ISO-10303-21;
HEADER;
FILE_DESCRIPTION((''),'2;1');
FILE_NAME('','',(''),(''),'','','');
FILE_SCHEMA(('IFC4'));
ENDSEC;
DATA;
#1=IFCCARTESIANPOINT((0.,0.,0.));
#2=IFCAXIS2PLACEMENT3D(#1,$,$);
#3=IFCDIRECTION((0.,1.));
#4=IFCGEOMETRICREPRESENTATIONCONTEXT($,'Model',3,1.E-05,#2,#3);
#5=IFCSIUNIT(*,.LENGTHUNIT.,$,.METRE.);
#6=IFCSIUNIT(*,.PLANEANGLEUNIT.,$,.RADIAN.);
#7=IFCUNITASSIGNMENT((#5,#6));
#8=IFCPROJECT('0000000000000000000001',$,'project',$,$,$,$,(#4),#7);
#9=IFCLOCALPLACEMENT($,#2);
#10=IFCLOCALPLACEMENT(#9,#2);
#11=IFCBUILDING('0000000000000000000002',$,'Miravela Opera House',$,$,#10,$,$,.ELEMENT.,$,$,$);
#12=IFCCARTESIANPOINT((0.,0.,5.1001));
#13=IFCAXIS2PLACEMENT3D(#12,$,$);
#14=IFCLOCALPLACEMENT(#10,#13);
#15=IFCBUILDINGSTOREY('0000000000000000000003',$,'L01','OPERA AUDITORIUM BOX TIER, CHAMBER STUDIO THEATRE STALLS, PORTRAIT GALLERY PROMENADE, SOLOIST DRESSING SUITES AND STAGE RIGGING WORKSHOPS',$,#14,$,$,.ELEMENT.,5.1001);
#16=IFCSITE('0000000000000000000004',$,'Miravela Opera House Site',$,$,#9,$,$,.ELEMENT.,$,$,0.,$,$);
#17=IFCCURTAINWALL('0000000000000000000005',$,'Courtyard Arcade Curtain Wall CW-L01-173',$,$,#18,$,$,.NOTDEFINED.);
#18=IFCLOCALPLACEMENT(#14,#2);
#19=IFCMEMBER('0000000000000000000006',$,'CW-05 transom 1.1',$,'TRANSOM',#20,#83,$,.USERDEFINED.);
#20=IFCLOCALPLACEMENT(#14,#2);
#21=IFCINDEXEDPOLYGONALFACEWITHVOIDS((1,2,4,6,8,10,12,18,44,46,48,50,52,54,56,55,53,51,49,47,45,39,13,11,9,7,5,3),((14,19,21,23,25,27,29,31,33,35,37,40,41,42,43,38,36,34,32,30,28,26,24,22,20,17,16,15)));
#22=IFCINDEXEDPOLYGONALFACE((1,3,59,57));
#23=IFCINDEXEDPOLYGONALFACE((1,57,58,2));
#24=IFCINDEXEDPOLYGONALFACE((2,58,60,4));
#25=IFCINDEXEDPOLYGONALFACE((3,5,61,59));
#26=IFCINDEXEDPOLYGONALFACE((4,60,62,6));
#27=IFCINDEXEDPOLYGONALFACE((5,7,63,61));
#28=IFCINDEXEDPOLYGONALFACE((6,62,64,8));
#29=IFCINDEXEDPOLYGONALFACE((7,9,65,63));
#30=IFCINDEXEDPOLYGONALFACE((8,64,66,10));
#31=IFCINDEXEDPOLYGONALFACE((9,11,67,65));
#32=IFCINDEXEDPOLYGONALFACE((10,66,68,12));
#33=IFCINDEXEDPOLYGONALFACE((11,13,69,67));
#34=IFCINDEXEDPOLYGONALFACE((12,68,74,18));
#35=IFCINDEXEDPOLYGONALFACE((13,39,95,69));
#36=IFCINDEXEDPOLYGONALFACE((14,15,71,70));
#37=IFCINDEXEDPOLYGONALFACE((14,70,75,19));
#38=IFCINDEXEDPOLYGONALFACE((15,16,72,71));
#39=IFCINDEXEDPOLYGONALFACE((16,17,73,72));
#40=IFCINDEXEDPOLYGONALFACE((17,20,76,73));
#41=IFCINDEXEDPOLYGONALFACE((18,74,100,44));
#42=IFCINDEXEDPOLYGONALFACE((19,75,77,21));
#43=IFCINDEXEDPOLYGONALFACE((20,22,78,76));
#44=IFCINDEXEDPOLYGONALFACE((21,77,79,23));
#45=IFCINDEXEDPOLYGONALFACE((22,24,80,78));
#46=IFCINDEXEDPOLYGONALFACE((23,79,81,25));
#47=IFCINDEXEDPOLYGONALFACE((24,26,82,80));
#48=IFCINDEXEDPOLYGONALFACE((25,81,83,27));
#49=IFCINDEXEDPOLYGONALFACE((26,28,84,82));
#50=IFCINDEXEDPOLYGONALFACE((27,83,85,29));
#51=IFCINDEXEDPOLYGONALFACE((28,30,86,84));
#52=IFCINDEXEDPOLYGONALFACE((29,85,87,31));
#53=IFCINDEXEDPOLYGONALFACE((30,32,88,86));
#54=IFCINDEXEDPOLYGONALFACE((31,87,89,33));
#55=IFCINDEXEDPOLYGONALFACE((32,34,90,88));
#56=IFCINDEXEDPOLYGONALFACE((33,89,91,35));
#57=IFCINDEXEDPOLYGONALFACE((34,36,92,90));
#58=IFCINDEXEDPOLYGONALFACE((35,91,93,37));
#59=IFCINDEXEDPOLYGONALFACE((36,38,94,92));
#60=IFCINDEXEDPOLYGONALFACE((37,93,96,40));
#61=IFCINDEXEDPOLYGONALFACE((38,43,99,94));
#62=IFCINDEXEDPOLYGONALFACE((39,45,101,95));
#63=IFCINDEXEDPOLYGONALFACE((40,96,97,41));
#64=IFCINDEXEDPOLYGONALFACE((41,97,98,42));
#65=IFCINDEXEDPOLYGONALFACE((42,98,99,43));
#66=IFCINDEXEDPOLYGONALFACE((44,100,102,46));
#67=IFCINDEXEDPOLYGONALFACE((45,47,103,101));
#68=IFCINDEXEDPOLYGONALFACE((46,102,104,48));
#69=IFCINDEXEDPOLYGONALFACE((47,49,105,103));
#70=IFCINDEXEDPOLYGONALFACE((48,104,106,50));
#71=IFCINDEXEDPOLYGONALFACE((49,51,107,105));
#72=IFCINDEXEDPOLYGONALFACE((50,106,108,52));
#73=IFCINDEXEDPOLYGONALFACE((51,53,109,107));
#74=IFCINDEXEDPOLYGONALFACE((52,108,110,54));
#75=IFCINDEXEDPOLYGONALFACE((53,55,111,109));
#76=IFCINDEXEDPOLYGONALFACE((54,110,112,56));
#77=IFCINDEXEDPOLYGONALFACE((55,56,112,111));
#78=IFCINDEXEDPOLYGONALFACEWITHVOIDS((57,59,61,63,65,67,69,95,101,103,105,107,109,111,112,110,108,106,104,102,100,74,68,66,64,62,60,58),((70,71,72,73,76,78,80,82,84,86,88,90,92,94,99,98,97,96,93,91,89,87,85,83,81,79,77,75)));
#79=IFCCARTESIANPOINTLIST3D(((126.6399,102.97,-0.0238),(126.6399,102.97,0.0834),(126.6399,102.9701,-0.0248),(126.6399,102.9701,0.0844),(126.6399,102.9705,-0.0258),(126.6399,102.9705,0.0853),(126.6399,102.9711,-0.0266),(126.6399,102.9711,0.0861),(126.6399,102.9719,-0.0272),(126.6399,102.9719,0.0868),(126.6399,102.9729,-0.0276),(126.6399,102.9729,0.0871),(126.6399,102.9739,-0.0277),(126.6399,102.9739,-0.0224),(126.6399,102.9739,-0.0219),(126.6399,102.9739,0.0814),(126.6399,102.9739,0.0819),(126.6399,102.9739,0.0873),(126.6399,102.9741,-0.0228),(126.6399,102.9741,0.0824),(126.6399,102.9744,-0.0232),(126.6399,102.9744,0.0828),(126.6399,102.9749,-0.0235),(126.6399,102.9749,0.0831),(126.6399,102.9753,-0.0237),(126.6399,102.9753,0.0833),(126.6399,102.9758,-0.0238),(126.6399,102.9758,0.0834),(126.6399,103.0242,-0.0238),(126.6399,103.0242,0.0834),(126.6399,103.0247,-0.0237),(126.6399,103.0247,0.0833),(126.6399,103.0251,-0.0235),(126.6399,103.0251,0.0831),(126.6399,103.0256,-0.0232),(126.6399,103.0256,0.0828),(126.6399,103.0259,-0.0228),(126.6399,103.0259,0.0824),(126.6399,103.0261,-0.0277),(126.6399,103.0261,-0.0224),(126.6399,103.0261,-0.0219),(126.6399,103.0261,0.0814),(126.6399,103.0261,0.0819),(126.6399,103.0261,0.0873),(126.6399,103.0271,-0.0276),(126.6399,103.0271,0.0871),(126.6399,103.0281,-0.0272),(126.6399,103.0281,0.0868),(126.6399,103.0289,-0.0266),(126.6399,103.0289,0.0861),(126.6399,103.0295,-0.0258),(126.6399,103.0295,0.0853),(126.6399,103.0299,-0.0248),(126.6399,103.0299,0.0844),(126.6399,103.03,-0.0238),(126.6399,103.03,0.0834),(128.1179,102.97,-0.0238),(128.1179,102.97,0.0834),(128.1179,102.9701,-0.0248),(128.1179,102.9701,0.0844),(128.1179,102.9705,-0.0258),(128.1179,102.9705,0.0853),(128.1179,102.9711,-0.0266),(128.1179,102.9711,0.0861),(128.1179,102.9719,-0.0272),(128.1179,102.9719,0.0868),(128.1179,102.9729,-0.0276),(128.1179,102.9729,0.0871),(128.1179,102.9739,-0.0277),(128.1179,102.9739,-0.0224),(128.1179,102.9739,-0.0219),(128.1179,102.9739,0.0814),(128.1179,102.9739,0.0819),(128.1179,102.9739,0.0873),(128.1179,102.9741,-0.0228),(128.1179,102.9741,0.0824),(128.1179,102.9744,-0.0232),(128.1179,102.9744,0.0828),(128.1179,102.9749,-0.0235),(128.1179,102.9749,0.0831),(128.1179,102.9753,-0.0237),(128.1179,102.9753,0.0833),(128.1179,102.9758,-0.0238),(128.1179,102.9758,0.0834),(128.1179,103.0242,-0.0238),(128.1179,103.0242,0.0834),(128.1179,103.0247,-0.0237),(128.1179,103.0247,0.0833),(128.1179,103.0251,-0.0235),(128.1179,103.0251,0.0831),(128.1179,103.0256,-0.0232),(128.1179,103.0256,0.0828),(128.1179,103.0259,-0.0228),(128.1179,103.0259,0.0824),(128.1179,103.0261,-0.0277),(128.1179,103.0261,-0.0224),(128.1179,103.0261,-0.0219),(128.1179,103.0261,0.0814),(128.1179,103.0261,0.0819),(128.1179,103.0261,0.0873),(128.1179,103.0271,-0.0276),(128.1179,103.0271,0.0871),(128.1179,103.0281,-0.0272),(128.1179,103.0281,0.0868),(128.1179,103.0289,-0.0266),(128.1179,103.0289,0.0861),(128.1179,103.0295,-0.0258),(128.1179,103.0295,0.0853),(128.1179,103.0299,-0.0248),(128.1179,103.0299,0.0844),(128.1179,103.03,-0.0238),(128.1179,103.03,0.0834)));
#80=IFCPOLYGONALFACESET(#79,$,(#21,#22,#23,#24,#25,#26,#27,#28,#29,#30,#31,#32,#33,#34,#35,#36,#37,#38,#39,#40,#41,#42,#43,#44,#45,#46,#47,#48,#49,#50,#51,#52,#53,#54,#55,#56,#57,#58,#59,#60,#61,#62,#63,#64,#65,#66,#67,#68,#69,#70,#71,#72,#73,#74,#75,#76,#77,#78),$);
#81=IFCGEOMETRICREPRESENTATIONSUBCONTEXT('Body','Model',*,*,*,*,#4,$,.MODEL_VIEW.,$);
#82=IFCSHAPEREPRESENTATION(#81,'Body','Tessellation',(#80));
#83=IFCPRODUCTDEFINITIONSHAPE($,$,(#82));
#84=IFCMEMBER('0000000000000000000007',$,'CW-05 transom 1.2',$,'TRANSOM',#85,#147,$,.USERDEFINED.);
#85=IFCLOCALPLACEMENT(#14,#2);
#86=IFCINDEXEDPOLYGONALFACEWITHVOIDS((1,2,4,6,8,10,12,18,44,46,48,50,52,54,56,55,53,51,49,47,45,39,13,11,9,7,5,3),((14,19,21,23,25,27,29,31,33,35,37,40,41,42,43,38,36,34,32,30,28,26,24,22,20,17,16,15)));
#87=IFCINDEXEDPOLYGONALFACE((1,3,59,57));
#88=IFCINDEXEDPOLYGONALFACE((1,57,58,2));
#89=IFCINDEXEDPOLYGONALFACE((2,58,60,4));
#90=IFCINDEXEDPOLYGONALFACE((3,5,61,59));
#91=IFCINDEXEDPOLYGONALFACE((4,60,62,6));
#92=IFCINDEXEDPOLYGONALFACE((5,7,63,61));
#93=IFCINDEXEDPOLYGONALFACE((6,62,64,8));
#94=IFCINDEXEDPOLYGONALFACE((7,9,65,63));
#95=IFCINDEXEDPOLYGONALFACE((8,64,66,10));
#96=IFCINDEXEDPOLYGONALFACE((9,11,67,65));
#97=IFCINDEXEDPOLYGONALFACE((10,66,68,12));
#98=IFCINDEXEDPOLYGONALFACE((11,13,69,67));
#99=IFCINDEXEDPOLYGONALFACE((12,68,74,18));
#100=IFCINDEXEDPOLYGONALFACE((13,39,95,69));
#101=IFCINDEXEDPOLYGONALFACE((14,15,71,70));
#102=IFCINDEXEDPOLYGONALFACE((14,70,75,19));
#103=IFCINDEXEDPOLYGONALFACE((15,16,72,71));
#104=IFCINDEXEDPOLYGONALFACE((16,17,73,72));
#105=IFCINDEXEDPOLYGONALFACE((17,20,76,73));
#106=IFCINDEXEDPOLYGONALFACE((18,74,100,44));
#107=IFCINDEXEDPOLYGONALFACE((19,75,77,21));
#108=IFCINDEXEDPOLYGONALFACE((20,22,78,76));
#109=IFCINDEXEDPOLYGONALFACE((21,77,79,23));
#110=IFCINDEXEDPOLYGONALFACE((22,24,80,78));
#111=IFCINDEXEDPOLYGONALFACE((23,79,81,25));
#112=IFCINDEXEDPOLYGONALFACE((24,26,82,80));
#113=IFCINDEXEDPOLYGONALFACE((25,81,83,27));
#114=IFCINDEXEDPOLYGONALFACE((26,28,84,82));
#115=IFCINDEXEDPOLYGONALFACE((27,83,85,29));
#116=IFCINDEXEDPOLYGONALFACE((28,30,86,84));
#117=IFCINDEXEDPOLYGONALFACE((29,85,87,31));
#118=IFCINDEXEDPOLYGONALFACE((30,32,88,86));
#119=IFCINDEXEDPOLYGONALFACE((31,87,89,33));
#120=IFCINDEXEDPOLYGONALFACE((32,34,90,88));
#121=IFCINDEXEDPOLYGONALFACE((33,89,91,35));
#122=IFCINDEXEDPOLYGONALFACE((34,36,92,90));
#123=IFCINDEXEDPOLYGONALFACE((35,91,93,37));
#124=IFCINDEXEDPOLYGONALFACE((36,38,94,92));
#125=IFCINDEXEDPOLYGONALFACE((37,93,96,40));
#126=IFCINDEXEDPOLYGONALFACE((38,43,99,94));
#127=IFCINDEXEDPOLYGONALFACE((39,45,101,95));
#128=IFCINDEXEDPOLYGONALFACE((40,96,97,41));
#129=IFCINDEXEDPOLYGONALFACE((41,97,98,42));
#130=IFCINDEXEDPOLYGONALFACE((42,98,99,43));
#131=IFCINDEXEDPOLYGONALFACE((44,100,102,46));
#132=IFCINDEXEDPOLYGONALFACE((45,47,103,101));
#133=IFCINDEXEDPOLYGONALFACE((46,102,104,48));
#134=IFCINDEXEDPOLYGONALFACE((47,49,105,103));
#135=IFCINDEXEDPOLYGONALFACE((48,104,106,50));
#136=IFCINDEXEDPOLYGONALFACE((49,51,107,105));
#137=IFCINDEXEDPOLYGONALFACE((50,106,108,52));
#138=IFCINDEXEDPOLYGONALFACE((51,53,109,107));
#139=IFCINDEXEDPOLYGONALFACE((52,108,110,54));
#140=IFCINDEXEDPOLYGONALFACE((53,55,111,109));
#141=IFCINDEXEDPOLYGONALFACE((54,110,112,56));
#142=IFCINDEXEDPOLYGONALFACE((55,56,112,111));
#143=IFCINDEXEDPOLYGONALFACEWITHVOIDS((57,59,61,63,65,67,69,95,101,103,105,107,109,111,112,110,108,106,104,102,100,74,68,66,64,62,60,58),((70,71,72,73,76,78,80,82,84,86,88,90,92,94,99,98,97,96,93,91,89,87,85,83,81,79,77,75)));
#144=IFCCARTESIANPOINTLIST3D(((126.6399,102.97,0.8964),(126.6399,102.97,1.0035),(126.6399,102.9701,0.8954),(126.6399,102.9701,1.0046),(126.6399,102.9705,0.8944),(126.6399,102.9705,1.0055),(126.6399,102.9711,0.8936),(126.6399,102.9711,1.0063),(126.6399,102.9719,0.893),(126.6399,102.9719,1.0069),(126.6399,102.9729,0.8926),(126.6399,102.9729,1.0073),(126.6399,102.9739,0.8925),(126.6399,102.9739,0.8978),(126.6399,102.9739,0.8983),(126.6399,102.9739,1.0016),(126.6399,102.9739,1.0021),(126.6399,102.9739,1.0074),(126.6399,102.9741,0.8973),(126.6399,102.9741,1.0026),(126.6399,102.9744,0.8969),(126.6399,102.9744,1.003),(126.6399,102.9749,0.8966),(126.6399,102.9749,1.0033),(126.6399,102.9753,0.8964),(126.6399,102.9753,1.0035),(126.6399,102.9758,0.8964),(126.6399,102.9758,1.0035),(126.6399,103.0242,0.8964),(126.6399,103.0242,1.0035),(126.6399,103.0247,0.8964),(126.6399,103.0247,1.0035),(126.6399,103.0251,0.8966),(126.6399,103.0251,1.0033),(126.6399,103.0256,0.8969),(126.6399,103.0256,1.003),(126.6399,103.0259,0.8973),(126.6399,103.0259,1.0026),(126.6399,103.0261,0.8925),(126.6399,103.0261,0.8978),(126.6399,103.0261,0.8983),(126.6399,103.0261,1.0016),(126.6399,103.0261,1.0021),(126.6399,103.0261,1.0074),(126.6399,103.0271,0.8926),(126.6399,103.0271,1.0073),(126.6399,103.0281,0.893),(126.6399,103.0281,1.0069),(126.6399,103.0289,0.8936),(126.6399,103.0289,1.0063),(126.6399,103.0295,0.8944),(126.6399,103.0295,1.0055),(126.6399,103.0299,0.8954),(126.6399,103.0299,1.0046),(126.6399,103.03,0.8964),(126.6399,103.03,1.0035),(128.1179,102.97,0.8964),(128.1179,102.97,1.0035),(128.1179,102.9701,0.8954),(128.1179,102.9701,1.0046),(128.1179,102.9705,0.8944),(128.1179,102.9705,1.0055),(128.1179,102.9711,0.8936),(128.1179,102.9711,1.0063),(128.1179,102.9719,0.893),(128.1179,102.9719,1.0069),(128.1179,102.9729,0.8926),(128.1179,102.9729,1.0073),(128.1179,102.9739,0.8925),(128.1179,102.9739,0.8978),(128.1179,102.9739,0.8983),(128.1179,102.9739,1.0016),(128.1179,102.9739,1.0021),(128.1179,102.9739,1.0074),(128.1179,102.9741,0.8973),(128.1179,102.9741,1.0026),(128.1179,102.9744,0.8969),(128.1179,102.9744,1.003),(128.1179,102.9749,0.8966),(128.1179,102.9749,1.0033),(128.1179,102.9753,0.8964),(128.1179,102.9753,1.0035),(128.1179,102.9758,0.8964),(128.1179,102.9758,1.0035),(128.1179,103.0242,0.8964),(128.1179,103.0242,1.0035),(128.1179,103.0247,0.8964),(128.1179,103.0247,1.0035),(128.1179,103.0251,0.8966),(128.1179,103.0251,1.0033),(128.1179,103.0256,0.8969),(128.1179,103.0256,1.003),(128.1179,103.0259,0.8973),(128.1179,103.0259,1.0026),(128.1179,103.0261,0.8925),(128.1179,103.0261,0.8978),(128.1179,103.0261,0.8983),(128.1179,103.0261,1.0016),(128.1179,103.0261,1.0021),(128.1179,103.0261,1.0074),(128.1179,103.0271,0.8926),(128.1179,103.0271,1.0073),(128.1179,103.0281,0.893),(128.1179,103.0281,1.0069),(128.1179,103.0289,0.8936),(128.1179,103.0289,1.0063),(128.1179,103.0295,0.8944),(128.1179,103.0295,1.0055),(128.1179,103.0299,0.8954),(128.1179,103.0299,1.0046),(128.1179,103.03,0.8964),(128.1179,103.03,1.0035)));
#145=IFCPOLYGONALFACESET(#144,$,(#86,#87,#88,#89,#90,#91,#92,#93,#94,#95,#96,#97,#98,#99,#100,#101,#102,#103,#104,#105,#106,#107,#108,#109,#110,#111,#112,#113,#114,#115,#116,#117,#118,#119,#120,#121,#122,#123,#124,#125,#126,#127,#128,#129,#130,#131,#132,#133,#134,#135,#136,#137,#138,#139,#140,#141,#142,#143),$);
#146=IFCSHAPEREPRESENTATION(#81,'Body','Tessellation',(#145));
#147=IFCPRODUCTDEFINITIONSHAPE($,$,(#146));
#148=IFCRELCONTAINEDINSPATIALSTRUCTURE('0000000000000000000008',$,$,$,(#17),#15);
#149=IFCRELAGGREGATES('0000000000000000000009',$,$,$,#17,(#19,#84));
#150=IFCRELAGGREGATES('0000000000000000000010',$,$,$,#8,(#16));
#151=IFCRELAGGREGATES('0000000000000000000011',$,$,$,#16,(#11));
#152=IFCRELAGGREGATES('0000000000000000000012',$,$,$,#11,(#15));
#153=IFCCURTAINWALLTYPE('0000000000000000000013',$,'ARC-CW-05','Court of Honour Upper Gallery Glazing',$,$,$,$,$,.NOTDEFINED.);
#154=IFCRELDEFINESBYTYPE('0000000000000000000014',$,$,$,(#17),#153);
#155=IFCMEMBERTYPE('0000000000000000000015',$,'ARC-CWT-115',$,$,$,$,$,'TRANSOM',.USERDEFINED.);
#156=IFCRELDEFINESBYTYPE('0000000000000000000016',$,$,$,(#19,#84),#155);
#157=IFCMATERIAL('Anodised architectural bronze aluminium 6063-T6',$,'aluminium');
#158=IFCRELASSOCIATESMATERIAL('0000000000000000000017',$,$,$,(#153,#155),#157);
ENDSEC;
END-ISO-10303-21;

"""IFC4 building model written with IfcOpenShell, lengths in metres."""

from ifc_helpers import new_model, si_unit, direction, frame, origin, origin_2d, place, context, subcontext, project, spatial, hollow_rectangle, extrude, material, material_profile, profile_set, type_object, element, aggregate, save


model = new_model("IFC4")

# Units and contexts
model_context = context("Model", 3, precision=1e-05, world=origin(), true_north=direction((0.0, 1.0)))
body_context = subcontext(model_context, "Body", "Model", "MODEL_VIEW")
ifc_project = project(units=[si_unit("LENGTHUNIT", "METRE"), si_unit("PLANEANGLEUNIT", "RADIAN")], contexts=[model_context])

# Site, building, storey
site_placement = place(None, origin())
site = spatial("IfcSite", under=ifc_project, at=site_placement, Name="Miravela Opera House Site", CompositionType="ELEMENT", RefElevation=0.0)
building_placement = place(site_placement, origin())
building = spatial("IfcBuilding", under=site, at=building_placement, Name="Miravela Opera House", CompositionType="ELEMENT")
storey_placement = place(building_placement, frame((0.0, 0.0, 5.1001)))
storey = spatial("IfcBuildingStorey", under=building, at=storey_placement, Name="L01", Description="OPERA AUDITORIUM BOX TIER, CHAMBER STUDIO THEATRE STALLS, PORTRAIT GALLERY PROMENADE, SOLOIST DRESSING SUITES AND STAGE RIGGING WORKSHOPS", CompositionType="ELEMENT", Elevation=5.1001)

# Shared definitions
ifc_material_1 = material(Name="Anodised architectural bronze aluminium 6063-T6", Category="aluminium")
curtain_wall_type = type_object("IfcCurtainWallType", Name="ARC-CW-05", Description="Court of Honour Upper Gallery Glazing", PredefinedType="NOTDEFINED", material=ifc_material_1)

# Curtain wall, members
curtain_wall_1_placement = place(storey_placement, origin())
curtain_wall_1 = element("IfcCurtainWall", 1, at=curtain_wall_1_placement, inside=storey, type_object=curtain_wall_type, Name="Courtyard Arcade Curtain Wall CW-L01-173", PredefinedType="NOTDEFINED")
ifc_material_profile_1 = material_profile(ifc_material_1, hollow_rectangle(XDim=0.0601, YDim=0.115, WallThickness=0.0039, InnerFilletRadius=0.002, OuterFilletRadius=0.0039, at=origin_2d()), Name="CWT-60X115")
ifc_profile_set_1 = profile_set([ifc_material_profile_1])
member_type_1 = type_object("IfcMemberType", Name="ARC-CWT-115", ElementType="TRANSOM", PredefinedType="USERDEFINED", material=ifc_profile_set_1)
member_1_placement = place(storey_placement, frame((126.6399, 103.0, 0.0298), z_axis=(1.0, 0.0, 0.0), x_axis=(0.0, 1.0, 0.0)))
member_1 = element("IfcMember", 2, at=member_1_placement, type_object=member_type_1, Name="CW-05 transom 1.1", ObjectType="TRANSOM", PredefinedType="USERDEFINED", context=body_context, shape_type="SweptSolid", body=[
    extrude(hollow_rectangle(XDim=0.0601, YDim=0.115, WallThickness=0.0039, InnerFilletRadius=0.002, OuterFilletRadius=0.0039, at=origin_2d()), origin(), (0.0, 0.0, 1.0), 1.478),
])
member_2_placement = place(storey_placement, frame((126.6399, 103.0, 0.95), z_axis=(1.0, 0.0, 0.0), x_axis=(0.0, 1.0, 0.0)))
member_2 = element("IfcMember", 3, at=member_2_placement, type_object=member_type_1, Name="CW-05 transom 1.2", ObjectType="TRANSOM", PredefinedType="USERDEFINED", context=body_context, shape_type="SweptSolid", body=[
    extrude(hollow_rectangle(XDim=0.0601, YDim=0.115, WallThickness=0.0039, InnerFilletRadius=0.002, OuterFilletRadius=0.0039, at=origin_2d()), origin(), (0.0, 0.0, 1.0), 1.478),
])

aggregate(curtain_wall_1, [member_1, member_2])

save(model, "model.ifc")
